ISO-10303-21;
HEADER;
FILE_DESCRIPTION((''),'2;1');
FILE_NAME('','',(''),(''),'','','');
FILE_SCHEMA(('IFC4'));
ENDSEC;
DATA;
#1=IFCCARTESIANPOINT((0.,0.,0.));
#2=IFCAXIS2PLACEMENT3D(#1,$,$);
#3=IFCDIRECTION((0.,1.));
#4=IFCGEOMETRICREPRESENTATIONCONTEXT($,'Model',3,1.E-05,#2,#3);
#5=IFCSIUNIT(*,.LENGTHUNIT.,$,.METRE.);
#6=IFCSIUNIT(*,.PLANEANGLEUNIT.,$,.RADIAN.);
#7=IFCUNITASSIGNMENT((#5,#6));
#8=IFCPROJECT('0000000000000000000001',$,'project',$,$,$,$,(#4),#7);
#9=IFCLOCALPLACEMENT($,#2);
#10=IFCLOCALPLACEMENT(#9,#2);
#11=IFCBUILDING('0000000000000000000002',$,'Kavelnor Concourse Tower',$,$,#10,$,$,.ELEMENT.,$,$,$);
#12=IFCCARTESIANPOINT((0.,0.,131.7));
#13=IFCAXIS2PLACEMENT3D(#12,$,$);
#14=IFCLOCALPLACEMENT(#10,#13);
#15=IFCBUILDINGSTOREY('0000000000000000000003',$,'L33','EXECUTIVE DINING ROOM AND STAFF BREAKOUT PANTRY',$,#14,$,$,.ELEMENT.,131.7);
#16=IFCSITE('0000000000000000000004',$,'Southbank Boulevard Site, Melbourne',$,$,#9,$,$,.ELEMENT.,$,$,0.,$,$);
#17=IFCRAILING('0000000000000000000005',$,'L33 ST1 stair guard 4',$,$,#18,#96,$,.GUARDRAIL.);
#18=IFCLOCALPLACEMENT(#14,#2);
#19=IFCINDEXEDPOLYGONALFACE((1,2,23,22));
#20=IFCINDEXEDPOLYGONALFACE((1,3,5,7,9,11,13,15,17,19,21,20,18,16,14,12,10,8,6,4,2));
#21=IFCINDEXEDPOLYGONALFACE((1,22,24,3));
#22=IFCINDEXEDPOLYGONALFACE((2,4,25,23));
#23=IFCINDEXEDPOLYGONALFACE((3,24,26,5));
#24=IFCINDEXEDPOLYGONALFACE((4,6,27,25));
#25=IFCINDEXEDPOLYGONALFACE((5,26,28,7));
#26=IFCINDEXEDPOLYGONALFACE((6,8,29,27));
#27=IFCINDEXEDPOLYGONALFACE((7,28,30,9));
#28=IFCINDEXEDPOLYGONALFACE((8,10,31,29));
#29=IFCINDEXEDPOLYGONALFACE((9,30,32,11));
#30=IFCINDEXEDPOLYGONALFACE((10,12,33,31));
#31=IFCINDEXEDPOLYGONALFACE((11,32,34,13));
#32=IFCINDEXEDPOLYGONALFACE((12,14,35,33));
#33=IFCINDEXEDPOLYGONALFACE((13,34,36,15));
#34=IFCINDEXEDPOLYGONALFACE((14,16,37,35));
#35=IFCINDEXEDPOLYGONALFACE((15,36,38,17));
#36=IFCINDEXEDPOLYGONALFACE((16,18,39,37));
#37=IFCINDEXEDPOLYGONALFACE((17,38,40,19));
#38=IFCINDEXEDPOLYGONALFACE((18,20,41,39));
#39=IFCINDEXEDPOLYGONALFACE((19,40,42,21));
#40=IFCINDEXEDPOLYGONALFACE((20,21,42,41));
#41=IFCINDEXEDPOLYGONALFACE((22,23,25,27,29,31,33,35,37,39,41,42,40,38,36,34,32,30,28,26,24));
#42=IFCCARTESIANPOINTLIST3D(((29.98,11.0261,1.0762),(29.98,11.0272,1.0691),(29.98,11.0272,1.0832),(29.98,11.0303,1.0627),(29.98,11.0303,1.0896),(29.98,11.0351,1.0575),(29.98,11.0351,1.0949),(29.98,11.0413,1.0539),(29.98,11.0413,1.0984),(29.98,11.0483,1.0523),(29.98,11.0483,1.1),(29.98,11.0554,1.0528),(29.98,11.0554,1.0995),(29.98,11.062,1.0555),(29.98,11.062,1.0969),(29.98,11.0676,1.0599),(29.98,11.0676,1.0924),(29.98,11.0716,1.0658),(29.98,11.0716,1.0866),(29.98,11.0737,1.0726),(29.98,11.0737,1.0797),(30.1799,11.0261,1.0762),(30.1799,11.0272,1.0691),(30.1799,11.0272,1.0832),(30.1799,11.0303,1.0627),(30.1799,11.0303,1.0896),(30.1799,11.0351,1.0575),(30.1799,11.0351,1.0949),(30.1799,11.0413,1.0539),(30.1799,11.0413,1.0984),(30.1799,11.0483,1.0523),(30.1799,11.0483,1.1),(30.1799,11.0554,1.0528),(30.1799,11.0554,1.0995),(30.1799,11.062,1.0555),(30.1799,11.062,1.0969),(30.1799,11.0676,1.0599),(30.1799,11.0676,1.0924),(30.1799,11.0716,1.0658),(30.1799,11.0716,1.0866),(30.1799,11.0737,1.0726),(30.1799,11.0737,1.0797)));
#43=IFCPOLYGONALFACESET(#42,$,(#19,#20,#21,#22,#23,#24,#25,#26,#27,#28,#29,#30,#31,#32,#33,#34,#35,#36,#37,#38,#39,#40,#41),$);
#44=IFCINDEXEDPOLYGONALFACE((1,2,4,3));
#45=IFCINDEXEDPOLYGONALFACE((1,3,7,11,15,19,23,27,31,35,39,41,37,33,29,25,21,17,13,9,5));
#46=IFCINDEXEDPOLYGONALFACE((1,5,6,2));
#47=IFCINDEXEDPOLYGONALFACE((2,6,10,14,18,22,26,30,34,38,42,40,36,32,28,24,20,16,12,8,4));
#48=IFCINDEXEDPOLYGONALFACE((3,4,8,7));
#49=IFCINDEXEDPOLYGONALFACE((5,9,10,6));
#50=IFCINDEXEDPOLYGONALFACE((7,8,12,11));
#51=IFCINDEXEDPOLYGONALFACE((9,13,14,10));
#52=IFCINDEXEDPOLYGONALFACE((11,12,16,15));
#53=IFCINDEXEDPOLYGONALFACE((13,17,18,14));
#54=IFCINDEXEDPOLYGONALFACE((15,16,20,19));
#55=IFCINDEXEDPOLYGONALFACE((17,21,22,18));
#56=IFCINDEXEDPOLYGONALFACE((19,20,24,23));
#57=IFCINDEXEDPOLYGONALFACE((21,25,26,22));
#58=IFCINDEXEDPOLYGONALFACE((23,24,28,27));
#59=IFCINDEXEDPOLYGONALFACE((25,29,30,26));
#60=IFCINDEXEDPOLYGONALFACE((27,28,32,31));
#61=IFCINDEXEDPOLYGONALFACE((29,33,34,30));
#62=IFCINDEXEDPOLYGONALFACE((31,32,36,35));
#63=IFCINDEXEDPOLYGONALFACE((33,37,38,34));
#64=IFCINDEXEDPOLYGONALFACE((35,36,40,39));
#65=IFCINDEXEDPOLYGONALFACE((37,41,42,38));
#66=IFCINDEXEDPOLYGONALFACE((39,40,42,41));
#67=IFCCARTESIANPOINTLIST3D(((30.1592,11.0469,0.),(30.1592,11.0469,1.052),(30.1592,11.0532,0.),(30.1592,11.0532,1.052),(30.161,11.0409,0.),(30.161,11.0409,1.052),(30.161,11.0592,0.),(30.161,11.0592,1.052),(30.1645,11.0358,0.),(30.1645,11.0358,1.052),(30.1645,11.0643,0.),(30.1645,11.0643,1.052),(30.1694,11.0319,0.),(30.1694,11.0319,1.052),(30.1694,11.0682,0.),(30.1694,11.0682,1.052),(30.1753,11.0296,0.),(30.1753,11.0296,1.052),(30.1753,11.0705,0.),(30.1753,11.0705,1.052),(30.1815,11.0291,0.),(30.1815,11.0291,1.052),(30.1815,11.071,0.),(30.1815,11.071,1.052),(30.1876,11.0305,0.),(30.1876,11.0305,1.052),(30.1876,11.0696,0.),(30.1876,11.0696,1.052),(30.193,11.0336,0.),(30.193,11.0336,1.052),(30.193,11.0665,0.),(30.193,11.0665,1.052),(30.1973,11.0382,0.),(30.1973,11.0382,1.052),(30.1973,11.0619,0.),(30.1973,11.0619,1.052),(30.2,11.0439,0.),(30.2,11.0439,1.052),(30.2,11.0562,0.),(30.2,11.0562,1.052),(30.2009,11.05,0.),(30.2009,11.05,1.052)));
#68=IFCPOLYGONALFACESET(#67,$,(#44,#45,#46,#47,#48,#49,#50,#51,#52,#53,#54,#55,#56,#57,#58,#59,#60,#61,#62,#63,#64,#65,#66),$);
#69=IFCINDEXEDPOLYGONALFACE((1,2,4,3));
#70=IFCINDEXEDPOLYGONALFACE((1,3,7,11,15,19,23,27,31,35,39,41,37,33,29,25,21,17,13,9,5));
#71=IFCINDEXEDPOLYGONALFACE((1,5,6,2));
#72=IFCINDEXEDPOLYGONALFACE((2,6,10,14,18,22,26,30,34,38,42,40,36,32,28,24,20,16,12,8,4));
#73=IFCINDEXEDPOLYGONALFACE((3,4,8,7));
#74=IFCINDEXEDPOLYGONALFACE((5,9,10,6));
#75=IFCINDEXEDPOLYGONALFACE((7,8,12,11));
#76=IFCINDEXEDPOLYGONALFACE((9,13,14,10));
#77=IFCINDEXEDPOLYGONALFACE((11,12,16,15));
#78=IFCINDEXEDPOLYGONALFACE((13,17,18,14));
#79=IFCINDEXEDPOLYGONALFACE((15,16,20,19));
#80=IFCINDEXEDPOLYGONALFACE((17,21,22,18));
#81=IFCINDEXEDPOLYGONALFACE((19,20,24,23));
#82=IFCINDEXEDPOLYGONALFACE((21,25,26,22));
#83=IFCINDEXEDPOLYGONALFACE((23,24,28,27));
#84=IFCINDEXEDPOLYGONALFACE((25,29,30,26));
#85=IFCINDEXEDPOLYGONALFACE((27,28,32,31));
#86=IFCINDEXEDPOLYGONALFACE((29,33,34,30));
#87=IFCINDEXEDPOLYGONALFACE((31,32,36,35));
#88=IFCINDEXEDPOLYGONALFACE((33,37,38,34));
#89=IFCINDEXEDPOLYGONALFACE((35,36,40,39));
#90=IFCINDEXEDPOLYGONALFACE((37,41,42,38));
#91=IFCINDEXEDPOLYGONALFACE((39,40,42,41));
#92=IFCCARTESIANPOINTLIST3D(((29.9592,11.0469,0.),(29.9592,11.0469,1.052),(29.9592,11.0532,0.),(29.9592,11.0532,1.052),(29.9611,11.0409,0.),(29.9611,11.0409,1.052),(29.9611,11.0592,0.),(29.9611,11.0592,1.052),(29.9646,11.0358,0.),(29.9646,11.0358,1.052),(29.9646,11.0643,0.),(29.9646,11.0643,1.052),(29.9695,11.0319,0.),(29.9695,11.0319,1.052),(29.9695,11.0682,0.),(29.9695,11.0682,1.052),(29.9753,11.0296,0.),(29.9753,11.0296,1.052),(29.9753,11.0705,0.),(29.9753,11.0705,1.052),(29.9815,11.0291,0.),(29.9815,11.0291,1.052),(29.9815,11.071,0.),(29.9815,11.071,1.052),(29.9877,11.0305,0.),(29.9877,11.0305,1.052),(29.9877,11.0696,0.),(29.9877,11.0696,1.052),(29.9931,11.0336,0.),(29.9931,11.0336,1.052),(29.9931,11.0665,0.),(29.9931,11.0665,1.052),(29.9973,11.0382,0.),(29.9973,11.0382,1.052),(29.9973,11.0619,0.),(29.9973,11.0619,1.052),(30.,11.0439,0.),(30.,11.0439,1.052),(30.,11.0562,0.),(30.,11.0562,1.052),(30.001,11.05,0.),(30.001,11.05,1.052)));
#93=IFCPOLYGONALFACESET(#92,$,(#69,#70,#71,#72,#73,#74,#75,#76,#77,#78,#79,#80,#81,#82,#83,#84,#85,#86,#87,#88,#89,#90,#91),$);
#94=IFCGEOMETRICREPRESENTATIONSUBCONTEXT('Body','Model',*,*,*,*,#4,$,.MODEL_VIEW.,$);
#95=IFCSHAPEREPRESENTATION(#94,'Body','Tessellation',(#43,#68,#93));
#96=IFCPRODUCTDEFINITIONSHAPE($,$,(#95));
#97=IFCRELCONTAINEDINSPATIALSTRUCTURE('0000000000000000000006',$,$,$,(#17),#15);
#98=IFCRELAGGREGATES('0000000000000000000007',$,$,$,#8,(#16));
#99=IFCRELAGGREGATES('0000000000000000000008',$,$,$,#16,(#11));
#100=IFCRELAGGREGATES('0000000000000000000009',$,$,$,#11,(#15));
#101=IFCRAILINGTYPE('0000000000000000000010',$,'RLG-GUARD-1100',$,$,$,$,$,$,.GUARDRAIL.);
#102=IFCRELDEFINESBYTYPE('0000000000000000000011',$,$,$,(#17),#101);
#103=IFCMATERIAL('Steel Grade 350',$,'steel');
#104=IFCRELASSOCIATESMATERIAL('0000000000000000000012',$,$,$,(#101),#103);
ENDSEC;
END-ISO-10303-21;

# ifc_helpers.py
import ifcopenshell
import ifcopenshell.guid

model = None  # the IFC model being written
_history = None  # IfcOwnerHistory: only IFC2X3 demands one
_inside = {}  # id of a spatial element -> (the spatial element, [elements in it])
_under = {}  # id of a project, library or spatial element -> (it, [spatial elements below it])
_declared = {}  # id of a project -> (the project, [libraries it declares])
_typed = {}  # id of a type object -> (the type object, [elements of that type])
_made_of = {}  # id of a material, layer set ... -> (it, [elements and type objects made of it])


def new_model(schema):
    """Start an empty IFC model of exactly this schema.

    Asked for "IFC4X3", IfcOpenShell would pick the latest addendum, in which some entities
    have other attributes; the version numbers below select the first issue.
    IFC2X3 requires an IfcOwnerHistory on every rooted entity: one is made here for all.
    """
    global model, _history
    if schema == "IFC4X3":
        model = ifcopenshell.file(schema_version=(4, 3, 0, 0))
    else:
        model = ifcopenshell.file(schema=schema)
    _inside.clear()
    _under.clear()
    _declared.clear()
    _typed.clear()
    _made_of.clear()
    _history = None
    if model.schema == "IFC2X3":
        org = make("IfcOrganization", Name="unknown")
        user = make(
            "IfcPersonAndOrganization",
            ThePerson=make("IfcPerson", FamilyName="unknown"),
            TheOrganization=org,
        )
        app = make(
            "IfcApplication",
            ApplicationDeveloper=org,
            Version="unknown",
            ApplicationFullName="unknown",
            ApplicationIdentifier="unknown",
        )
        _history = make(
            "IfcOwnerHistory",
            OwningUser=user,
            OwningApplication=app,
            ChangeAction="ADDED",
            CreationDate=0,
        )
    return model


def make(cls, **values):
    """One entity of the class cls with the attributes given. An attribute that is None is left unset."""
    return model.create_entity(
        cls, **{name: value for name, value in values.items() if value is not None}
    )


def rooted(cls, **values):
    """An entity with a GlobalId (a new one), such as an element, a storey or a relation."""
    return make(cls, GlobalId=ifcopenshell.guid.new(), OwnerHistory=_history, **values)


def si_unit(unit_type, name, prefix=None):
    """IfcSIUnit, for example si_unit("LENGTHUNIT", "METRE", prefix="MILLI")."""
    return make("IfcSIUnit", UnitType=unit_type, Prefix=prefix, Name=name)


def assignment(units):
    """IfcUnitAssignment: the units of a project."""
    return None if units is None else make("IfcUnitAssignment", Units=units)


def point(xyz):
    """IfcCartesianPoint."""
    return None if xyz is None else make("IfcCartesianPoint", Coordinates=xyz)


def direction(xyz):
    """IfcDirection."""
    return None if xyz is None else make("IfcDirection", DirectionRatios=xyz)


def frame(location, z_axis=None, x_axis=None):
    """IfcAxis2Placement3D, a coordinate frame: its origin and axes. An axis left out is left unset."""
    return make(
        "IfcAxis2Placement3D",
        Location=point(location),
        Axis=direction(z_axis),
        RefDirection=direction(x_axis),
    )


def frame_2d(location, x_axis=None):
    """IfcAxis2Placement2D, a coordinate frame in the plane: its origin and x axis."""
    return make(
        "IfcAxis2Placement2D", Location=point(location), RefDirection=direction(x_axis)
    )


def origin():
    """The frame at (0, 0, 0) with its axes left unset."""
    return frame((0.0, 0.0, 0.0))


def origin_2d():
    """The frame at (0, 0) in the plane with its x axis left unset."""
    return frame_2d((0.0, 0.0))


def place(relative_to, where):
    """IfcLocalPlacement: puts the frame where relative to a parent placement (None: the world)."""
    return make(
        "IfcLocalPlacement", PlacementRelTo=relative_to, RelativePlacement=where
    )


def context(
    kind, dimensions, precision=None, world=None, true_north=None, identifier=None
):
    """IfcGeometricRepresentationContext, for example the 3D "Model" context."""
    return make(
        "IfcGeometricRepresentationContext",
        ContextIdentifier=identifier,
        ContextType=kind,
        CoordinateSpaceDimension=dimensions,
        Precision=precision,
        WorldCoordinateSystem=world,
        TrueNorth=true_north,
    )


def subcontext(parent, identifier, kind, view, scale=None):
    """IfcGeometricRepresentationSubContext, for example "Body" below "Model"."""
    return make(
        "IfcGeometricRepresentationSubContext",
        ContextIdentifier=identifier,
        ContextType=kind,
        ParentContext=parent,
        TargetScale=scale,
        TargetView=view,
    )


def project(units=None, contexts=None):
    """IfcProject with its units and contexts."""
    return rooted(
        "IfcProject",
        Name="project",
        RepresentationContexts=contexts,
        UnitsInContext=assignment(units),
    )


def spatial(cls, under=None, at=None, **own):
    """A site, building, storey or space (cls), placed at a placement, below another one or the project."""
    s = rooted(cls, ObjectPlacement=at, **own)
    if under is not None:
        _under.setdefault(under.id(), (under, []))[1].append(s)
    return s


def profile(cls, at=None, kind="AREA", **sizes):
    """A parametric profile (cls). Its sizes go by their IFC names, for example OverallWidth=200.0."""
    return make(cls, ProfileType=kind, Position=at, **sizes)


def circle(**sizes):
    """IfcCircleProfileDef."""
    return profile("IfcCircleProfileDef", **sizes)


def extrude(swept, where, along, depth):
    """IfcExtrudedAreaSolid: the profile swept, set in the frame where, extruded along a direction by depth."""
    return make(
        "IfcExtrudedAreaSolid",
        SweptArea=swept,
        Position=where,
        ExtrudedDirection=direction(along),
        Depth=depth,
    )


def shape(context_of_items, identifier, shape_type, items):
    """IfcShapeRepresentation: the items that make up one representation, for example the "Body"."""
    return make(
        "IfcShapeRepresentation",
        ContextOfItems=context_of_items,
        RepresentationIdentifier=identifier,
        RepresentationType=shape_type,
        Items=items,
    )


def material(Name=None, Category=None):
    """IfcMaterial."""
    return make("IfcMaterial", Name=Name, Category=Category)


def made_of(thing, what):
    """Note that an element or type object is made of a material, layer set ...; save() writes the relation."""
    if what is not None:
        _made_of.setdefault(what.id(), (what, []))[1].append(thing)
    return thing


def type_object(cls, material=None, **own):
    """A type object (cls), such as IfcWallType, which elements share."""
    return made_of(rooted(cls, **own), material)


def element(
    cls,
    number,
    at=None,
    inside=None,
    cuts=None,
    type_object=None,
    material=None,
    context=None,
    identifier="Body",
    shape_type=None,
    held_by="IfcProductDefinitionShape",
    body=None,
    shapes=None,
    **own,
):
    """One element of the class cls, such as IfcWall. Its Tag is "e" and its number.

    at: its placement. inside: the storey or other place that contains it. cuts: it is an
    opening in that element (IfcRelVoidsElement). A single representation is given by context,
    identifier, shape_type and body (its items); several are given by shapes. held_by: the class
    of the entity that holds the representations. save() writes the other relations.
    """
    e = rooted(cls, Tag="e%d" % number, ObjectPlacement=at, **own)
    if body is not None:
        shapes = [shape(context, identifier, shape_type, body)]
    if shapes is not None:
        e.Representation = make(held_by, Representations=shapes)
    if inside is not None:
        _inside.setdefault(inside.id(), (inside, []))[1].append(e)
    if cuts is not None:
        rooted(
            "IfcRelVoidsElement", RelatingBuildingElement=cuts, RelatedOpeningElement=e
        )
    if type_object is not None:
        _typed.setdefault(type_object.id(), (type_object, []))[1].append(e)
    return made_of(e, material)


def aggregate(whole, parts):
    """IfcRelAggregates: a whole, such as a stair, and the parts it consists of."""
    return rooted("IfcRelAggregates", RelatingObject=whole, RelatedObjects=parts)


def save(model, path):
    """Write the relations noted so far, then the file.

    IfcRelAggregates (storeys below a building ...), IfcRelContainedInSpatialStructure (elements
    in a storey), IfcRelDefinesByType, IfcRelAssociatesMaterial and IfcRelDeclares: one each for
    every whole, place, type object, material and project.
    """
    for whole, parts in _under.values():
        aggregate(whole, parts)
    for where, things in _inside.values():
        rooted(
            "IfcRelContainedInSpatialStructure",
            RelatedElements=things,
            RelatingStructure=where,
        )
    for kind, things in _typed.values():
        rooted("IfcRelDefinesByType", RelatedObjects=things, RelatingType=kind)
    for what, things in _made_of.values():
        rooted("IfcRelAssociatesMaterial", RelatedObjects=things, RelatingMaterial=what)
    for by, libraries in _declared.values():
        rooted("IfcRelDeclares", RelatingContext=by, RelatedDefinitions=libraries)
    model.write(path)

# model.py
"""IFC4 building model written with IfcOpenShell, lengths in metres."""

from ifc_helpers import new_model, si_unit, direction, frame, origin, origin_2d, place, context, subcontext, project, spatial, circle, extrude, material, type_object, element, save


model = new_model("IFC4")

# Units and contexts
model_context = context("Model", 3, precision=1e-05, world=origin(), true_north=direction((0.0, 1.0)))
body_context = subcontext(model_context, "Body", "Model", "MODEL_VIEW")
ifc_project = project(units=[si_unit("LENGTHUNIT", "METRE"), si_unit("PLANEANGLEUNIT", "RADIAN")], contexts=[model_context])

# Site, building, storey
site_placement = place(None, origin())
site = spatial("IfcSite", under=ifc_project, at=site_placement, Name="Southbank Boulevard Site, Melbourne", CompositionType="ELEMENT", RefElevation=0.0)
building_placement = place(site_placement, origin())
building = spatial("IfcBuilding", under=site, at=building_placement, Name="Kavelnor Concourse Tower", CompositionType="ELEMENT")
storey_placement = place(building_placement, frame((0.0, 0.0, 131.7)))
storey = spatial("IfcBuildingStorey", under=building, at=storey_placement, Name="L33", Description="EXECUTIVE DINING ROOM AND STAFF BREAKOUT PANTRY", CompositionType="ELEMENT", Elevation=131.7)

# Shared definitions
ifc_material_1 = material(Name="Steel Grade 350", Category="steel")

# Railing
railing_type_1 = type_object("IfcRailingType", Name="RLG-GUARD-1100", PredefinedType="GUARDRAIL", material=ifc_material_1)
railing_1_placement = place(storey_placement, frame((30.1799, 11.05, 0.0)))
element("IfcRailing", 1, at=railing_1_placement, inside=storey, type_object=railing_type_1, Name="L33 ST1 stair guard 4", PredefinedType="GUARDRAIL", context=body_context, shape_type="SweptSolid", body=[
    extrude(circle(Radius=0.0239, at=origin_2d()), frame((0.0, 0.0, 1.0762), z_axis=(-1.0, 0.0, 0.0), x_axis=(0.0, -1.0, 0.0)), (0.0, 0.0, 1.0), 0.2),
    extrude(circle(Radius=0.021, at=origin_2d()), origin(), (0.0, 0.0, 1.0), 1.052),
    extrude(circle(Radius=0.021, at=origin_2d()), frame((-0.2, 0.0, 0.0)), (0.0, 0.0, 1.0), 1.052),
])

save(model, "model.ifc")
